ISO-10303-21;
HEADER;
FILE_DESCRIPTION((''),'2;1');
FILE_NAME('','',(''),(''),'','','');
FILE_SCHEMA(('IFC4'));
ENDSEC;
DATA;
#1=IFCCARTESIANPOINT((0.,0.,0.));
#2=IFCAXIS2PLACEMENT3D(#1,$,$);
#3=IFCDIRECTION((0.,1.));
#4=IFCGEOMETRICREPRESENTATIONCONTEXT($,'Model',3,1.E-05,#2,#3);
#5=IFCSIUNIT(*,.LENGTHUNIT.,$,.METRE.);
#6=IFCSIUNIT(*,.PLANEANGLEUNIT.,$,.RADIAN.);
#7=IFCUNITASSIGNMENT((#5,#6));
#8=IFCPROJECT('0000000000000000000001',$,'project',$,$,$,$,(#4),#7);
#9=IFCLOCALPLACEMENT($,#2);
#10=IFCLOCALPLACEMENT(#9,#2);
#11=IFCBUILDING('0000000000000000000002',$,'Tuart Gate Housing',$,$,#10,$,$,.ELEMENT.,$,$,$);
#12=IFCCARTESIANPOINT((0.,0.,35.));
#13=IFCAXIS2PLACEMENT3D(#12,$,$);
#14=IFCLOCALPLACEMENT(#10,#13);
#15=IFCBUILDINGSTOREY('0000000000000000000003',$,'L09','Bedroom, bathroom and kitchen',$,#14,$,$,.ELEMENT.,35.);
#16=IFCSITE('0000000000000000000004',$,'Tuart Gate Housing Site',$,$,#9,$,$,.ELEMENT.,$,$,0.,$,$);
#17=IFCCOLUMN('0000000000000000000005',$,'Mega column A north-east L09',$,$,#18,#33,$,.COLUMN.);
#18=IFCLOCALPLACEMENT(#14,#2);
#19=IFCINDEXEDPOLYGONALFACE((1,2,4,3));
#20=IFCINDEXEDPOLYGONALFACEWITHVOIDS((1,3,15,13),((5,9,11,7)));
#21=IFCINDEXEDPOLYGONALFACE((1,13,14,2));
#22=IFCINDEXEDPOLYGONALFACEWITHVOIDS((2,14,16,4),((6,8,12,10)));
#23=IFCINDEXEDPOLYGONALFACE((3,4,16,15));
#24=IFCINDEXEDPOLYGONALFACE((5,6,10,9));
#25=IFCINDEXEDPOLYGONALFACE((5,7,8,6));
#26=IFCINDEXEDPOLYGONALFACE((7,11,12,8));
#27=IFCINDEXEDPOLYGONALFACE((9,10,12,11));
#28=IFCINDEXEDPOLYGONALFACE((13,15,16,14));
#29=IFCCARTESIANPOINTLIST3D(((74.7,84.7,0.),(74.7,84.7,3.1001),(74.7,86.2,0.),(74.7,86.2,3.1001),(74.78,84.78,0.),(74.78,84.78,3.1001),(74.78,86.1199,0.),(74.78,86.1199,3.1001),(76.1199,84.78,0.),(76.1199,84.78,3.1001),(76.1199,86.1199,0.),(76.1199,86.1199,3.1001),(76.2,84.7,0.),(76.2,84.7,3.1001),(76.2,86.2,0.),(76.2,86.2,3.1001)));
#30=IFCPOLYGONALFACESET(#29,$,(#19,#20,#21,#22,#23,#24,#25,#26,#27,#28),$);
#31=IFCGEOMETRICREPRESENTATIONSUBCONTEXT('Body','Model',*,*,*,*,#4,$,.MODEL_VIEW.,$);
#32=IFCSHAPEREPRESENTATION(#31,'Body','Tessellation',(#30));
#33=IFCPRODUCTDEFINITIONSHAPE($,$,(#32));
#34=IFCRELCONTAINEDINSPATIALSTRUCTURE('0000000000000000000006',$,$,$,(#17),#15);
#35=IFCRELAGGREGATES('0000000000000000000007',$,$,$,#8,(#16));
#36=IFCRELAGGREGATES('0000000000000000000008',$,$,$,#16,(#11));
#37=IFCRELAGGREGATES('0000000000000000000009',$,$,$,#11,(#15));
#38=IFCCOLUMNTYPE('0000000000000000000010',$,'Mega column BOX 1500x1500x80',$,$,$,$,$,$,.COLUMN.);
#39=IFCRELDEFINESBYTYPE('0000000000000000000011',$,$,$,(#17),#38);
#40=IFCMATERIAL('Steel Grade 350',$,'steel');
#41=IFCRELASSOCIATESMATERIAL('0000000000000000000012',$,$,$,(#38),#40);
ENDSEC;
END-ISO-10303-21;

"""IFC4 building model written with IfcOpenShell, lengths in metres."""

from ifc_helpers import new_model, si_unit, direction, frame, origin, origin_2d, place, context, subcontext, project, spatial, hollow_rectangle, extrude, material, material_profile, profile_set, type_object, element, save


model = new_model("IFC4")

# Units and contexts
model_context = context("Model", 3, precision=1e-05, world=origin(), true_north=direction((0.0, 1.0)))
body_context = subcontext(model_context, "Body", "Model", "MODEL_VIEW")
ifc_project = project(units=[si_unit("LENGTHUNIT", "METRE"), si_unit("PLANEANGLEUNIT", "RADIAN")], contexts=[model_context])

# Site, building, storey
site_placement = place(None, origin())
site = spatial("IfcSite", under=ifc_project, at=site_placement, Name="Tuart Gate Housing Site", CompositionType="ELEMENT", RefElevation=0.0)
building_placement = place(site_placement, origin())
building = spatial("IfcBuilding", under=site, at=building_placement, Name="Tuart Gate Housing", CompositionType="ELEMENT")
storey_placement = place(building_placement, frame((0.0, 0.0, 35.0)))
storey = spatial("IfcBuildingStorey", under=building, at=storey_placement, Name="L09", Description="Bedroom, bathroom and kitchen", CompositionType="ELEMENT", Elevation=35.0)

# Column
ifc_material_1 = material(Name="Steel Grade 350", Category="steel")
ifc_material_profile = material_profile(ifc_material_1, hollow_rectangle(XDim=1.5, YDim=1.5, WallThickness=0.0801, at=origin_2d()), Name="BOX 1500x1500x80")
ifc_profile_set = profile_set([ifc_material_profile], Name="Steel Grade 350")
column_type = type_object("IfcColumnType", Name="Mega column BOX 1500x1500x80", PredefinedType="COLUMN", material=ifc_profile_set)
column_placement = place(storey_placement, frame((75.45, 85.45, 0.0), z_axis=(0.0, 0.0, 1.0), x_axis=(1.0, 0.0, 0.0)))
element("IfcColumn", 1, at=column_placement, inside=storey, type_object=column_type, Name="Mega column A north-east L09", PredefinedType="COLUMN", context=body_context, shape_type="SweptSolid", body=[
    extrude(hollow_rectangle(XDim=1.5, YDim=1.5, WallThickness=0.0801, at=origin_2d()), origin(), (0.0, 0.0, 1.0), 3.1001),
])

save(model, "model.ifc")
